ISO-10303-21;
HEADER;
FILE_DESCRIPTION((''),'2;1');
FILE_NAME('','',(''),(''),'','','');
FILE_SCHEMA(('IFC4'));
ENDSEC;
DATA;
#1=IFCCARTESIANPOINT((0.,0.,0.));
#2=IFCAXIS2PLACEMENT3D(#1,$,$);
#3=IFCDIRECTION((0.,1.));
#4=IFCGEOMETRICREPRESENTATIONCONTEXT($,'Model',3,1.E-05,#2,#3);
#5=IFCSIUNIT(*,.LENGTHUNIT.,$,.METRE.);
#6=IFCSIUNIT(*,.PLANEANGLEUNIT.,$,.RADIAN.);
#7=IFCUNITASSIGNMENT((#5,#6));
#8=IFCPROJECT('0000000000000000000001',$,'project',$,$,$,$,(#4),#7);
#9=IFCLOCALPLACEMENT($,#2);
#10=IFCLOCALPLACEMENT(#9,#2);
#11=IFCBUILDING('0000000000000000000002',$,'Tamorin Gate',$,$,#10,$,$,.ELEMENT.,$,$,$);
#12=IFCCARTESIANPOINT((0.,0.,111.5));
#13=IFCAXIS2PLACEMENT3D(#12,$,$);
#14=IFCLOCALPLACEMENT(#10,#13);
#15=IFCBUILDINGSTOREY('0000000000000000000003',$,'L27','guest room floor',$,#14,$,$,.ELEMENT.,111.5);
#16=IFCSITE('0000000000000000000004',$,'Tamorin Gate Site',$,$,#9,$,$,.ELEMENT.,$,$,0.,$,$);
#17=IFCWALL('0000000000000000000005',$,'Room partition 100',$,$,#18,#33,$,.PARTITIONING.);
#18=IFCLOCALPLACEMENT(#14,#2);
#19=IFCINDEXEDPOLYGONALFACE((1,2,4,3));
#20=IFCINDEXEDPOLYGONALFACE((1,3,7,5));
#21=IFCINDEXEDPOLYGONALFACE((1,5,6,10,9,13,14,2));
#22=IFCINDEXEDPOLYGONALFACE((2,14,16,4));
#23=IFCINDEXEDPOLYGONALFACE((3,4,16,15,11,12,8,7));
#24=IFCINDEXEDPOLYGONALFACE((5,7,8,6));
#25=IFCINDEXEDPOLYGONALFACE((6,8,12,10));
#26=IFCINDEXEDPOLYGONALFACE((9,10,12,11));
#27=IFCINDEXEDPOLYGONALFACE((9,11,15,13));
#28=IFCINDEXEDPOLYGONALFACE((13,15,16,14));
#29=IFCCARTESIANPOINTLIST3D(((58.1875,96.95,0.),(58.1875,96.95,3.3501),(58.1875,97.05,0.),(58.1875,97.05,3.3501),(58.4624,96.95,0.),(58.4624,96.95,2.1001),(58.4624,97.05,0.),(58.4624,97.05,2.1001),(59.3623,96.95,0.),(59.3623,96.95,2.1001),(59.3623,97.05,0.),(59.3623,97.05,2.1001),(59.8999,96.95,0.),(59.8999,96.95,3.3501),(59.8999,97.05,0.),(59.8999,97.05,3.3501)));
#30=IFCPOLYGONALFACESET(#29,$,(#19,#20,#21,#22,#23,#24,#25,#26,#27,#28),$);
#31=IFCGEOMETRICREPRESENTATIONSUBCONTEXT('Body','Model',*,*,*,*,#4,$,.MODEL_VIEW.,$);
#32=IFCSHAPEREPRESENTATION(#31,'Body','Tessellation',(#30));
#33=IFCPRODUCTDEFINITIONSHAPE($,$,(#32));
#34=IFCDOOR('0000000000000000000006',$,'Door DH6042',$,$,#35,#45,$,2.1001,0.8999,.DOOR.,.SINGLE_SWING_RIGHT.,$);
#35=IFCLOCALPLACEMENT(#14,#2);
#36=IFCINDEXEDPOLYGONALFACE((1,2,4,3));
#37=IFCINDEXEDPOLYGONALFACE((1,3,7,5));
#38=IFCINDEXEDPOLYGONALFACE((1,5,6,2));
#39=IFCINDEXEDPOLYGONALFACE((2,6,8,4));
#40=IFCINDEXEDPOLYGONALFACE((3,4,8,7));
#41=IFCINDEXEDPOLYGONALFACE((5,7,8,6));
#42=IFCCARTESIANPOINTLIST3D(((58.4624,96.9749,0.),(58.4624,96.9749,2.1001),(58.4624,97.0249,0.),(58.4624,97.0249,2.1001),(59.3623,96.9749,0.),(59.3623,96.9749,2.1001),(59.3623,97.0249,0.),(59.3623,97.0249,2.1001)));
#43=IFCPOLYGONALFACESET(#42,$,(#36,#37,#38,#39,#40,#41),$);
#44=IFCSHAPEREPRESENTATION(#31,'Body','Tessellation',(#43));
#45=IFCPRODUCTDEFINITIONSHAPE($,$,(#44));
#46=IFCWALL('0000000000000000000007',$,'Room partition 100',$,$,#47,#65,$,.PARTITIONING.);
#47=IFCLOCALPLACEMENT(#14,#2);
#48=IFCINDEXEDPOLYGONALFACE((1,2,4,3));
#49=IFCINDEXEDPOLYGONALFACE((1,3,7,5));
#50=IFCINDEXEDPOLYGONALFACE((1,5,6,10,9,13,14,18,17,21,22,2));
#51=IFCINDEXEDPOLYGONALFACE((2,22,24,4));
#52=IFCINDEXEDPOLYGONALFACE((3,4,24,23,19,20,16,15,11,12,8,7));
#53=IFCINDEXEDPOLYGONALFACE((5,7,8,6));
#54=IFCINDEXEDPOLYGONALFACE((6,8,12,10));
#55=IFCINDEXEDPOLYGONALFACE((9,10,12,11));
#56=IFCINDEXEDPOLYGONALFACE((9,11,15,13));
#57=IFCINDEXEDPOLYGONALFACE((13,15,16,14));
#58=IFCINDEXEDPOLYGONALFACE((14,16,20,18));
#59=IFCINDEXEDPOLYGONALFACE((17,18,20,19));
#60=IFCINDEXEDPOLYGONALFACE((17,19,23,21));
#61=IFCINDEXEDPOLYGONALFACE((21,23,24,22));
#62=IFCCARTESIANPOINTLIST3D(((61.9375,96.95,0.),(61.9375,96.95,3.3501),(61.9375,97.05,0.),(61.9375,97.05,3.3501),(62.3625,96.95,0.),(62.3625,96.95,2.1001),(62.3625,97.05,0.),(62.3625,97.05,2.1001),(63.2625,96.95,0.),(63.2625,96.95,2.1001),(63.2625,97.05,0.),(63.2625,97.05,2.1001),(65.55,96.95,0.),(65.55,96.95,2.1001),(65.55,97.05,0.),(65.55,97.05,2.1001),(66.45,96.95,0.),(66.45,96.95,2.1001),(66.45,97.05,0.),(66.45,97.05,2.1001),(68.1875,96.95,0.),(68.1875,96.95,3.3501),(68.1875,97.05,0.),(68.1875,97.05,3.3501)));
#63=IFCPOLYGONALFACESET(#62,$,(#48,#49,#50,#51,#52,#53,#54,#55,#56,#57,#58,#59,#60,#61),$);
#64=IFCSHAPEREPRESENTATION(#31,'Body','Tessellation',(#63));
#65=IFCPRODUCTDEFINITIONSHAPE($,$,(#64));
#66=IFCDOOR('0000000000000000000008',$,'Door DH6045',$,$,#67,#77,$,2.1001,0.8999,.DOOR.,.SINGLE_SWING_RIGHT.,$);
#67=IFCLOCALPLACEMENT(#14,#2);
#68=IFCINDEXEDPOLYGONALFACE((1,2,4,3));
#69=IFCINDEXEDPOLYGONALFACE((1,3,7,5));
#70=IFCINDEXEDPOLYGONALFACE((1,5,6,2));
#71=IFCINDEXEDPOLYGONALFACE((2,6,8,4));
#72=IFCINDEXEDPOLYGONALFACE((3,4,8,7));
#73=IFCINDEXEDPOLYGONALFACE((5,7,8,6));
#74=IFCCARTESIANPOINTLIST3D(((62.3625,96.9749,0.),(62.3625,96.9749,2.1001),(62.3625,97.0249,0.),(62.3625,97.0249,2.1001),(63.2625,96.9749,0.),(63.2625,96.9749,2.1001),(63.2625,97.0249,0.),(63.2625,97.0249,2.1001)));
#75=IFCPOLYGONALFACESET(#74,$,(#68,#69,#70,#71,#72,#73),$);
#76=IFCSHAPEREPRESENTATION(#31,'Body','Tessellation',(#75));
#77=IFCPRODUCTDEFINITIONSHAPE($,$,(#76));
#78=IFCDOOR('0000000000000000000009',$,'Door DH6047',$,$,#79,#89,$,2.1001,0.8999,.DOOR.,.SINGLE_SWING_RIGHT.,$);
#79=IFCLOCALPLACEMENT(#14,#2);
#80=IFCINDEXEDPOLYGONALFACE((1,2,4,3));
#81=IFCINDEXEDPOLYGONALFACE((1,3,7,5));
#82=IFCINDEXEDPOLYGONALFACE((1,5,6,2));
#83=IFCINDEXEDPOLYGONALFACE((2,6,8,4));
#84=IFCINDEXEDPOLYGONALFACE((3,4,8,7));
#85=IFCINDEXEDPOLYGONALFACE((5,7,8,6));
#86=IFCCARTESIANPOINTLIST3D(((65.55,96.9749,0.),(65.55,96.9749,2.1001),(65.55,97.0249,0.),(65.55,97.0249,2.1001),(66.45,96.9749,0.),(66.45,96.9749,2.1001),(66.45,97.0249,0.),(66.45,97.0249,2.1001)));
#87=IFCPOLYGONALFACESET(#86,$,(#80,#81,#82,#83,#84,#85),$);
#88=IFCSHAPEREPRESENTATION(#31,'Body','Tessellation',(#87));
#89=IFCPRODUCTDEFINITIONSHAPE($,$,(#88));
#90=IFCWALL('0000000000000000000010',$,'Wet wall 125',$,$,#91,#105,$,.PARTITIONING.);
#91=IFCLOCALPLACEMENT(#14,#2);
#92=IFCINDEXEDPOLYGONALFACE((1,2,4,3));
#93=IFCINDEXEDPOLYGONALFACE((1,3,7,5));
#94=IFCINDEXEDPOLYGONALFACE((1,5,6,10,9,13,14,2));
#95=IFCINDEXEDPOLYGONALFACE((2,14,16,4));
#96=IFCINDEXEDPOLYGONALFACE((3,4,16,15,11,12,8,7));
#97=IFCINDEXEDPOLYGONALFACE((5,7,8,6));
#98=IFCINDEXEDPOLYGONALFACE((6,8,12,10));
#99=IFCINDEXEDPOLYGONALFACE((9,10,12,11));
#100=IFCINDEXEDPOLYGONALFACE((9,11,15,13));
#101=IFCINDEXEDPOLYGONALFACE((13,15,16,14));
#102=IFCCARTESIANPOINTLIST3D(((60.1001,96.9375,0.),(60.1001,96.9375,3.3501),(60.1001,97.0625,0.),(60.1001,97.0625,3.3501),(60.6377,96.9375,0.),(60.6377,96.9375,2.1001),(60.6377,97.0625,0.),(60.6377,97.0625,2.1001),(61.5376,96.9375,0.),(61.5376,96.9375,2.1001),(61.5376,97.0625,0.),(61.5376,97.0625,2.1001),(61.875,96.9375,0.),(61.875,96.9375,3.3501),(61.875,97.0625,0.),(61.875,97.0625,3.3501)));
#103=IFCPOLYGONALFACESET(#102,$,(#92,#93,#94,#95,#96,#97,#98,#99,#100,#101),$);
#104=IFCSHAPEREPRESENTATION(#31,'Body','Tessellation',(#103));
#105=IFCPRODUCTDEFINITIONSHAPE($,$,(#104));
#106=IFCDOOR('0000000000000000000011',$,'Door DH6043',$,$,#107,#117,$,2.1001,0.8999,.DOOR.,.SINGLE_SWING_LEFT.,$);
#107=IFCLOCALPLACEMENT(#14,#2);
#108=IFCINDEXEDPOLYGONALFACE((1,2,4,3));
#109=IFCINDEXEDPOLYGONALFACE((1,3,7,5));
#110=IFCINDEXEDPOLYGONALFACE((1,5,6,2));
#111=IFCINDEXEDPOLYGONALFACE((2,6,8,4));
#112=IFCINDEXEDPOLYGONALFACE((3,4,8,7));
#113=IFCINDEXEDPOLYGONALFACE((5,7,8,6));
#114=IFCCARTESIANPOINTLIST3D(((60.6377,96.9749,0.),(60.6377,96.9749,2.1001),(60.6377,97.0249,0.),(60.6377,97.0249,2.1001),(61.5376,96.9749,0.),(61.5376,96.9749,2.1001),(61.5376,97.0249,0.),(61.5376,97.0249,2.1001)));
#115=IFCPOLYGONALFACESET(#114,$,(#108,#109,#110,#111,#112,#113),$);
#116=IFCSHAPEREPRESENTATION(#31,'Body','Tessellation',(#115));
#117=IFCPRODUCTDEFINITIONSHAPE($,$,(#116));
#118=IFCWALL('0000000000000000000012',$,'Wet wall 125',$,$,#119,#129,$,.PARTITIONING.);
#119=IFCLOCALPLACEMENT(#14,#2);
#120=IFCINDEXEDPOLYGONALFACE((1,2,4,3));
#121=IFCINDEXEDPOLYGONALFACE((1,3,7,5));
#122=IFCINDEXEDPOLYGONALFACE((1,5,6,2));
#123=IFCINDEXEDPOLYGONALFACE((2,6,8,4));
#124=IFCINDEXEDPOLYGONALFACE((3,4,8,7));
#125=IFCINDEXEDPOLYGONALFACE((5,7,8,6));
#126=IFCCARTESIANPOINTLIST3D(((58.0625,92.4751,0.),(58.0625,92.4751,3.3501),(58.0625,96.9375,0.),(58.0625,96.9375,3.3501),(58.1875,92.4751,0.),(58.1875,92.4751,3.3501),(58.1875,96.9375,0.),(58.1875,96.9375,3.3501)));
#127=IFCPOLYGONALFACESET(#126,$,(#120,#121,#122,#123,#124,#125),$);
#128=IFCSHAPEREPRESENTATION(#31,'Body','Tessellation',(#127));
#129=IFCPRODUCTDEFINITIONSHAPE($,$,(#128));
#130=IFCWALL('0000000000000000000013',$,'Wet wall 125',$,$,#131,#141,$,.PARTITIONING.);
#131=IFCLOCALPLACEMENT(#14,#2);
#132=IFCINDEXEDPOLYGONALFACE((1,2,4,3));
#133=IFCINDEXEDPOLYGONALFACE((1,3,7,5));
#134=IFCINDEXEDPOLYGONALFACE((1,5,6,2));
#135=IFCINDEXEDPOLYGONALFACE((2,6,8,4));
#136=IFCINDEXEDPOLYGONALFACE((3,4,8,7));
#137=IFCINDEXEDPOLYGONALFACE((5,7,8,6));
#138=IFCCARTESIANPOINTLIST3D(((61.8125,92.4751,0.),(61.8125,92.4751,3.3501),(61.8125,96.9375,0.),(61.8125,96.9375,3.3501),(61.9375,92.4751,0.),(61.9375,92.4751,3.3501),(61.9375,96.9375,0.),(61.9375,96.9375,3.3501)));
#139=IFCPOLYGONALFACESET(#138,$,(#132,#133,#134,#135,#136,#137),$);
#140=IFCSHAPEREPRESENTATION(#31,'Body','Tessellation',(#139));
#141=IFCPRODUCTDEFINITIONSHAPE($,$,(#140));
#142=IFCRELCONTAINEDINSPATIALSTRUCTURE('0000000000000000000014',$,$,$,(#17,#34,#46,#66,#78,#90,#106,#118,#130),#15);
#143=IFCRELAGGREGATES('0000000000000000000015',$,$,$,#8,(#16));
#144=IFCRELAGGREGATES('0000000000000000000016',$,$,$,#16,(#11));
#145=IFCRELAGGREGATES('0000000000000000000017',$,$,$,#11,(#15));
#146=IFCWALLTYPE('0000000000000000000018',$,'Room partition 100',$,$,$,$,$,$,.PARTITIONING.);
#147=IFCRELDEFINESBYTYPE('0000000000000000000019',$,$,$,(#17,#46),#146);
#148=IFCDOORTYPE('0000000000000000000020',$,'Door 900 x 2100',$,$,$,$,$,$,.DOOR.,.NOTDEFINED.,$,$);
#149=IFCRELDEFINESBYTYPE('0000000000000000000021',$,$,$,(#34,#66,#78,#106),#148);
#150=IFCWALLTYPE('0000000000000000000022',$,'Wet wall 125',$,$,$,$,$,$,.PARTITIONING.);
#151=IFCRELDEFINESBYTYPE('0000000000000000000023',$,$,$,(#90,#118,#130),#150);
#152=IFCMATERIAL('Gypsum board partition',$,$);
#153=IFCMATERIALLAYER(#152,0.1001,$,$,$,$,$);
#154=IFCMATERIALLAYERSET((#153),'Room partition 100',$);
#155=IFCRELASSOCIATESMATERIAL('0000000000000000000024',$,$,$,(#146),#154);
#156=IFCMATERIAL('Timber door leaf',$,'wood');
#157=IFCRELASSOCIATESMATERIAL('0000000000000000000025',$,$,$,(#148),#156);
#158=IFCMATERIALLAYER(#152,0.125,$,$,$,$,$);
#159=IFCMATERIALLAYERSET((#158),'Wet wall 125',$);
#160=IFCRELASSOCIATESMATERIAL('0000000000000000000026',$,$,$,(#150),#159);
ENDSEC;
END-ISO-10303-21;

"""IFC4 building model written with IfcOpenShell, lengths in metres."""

from ifc_helpers import new_model, si_unit, direction, frame, frame_2d, origin, place, context, subcontext, project, spatial, rectangle, extrude, material, layer, layer_set, type_object, element, fill, save


model = new_model("IFC4")

# Units and contexts
model_context = context("Model", 3, precision=1e-05, world=origin(), true_north=direction((0.0, 1.0)))
body_context = subcontext(model_context, "Body", "Model", "MODEL_VIEW")
ifc_project = project(units=[si_unit("LENGTHUNIT", "METRE"), si_unit("PLANEANGLEUNIT", "RADIAN")], contexts=[model_context])

# Site, building, storey
site_placement = place(None, origin())
site = spatial("IfcSite", under=ifc_project, at=site_placement, Name="Tamorin Gate Site", CompositionType="ELEMENT", RefElevation=0.0)
building_placement = place(site_placement, origin())
building = spatial("IfcBuilding", under=site, at=building_placement, Name="Tamorin Gate", CompositionType="ELEMENT")
storey_placement = place(building_placement, frame((0.0, 0.0, 111.5)))
storey = spatial("IfcBuildingStorey", under=building, at=storey_placement, Name="L27", Description="guest room floor", CompositionType="ELEMENT", Elevation=111.5)

# Shared definitions
ifc_material_1 = material(Name="Gypsum board partition")

# Wall, opening, door
ifc_layer_1 = layer(ifc_material_1, 0.1001)
ifc_layer_set_1 = layer_set([ifc_layer_1], Name="Room partition 100")
wall_type_1 = type_object("IfcWallType", Name="Room partition 100", PredefinedType="PARTITIONING", material=ifc_layer_set_1)
wall_1_placement = place(storey_placement, frame((58.1875, 97.0, 0.0), z_axis=(0.0, 0.0, 1.0), x_axis=(1.0, 0.0, 0.0)))
wall_1 = element("IfcWall", 1, at=wall_1_placement, inside=storey, type_object=wall_type_1, Name="Room partition 100", PredefinedType="PARTITIONING", context=body_context, shape_type="SweptSolid", body=[
    extrude(rectangle(XDim=1.7124, YDim=0.1001, at=frame_2d((0.8562, 0.0))), origin(), (0.0, 0.0, 1.0), 3.3501),
])
opening_1_placement = place(wall_1_placement, frame((0.2749, 0.0, 0.0)))
opening_1 = element("IfcOpeningElement", 2, at=opening_1_placement, cuts=wall_1, PredefinedType="OPENING", context=body_context, shape_type="SweptSolid", body=[
    extrude(rectangle(XDim=0.8999, YDim=2.1001, at=frame_2d((0.45, 1.05))), frame((0.0, 0.0601, 0.0), z_axis=(0.0, -1.0, 0.0), x_axis=(1.0, 0.0, 0.0)), (0.0, 0.0, 1.0), 0.1201),
])
ifc_material_2 = material(Name="Timber door leaf", Category="wood")
door_type = type_object("IfcDoorType", Name="Door 900 x 2100", OperationType="NOTDEFINED", PredefinedType="DOOR", material=ifc_material_2)
door_1_placement = place(opening_1_placement, origin())
door_1 = element("IfcDoor", 3, at=door_1_placement, inside=storey, type_object=door_type, Name="Door DH6042", OperationType="SINGLE_SWING_RIGHT", OverallHeight=2.1001, OverallWidth=0.8999, PredefinedType="DOOR", context=body_context, shape_type="SweptSolid", body=[
    extrude(rectangle(XDim=0.8999, YDim=2.1001, at=frame_2d((0.45, 1.05))), frame((0.0, 0.0249, 0.0), z_axis=(0.0, -1.0, 0.0), x_axis=(1.0, 0.0, 0.0)), (0.0, 0.0, 1.0), 0.05),
])
fill(opening_1, door_1)

# Wall, openings, doors
wall_2_placement = place(storey_placement, frame((61.9375, 97.0, 0.0), z_axis=(0.0, 0.0, 1.0), x_axis=(1.0, 0.0, 0.0)))
wall_2 = element("IfcWall", 4, at=wall_2_placement, inside=storey, type_object=wall_type_1, Name="Room partition 100", PredefinedType="PARTITIONING", context=body_context, shape_type="SweptSolid", body=[
    extrude(rectangle(XDim=6.25, YDim=0.1001, at=frame_2d((3.125, 0.0))), origin(), (0.0, 0.0, 1.0), 3.3501),
])
opening_2_placement = place(wall_2_placement, frame((0.425, 0.0, 0.0)))
opening_2 = element("IfcOpeningElement", 5, at=opening_2_placement, cuts=wall_2, PredefinedType="OPENING", context=body_context, shape_type="SweptSolid", body=[
    extrude(rectangle(XDim=0.8999, YDim=2.1001, at=frame_2d((0.45, 1.05))), frame((0.0, 0.0601, 0.0), z_axis=(0.0, -1.0, 0.0), x_axis=(1.0, 0.0, 0.0)), (0.0, 0.0, 1.0), 0.1201),
])
opening_3_placement = place(wall_2_placement, frame((3.6125, 0.0, 0.0)))
opening_3 = element("IfcOpeningElement", 6, at=opening_3_placement, cuts=wall_2, PredefinedType="OPENING", context=body_context, shape_type="SweptSolid", body=[
    extrude(rectangle(XDim=0.8999, YDim=2.1001, at=frame_2d((0.45, 1.05))), frame((0.0, 0.0601, 0.0), z_axis=(0.0, -1.0, 0.0), x_axis=(1.0, 0.0, 0.0)), (0.0, 0.0, 1.0), 0.1201),
])
door_2_placement = place(opening_2_placement, origin())
door_2 = element("IfcDoor", 7, at=door_2_placement, inside=storey, type_object=door_type, Name="Door DH6045", OperationType="SINGLE_SWING_RIGHT", OverallHeight=2.1001, OverallWidth=0.8999, PredefinedType="DOOR", context=body_context, shape_type="SweptSolid", body=[
    extrude(rectangle(XDim=0.8999, YDim=2.1001, at=frame_2d((0.45, 1.05))), frame((0.0, 0.0249, 0.0), z_axis=(0.0, -1.0, 0.0), x_axis=(1.0, 0.0, 0.0)), (0.0, 0.0, 1.0), 0.05),
])
fill(opening_2, door_2)
door_3_placement = place(opening_3_placement, origin())
door_3 = element("IfcDoor", 8, at=door_3_placement, inside=storey, type_object=door_type, Name="Door DH6047", OperationType="SINGLE_SWING_RIGHT", OverallHeight=2.1001, OverallWidth=0.8999, PredefinedType="DOOR", context=body_context, shape_type="SweptSolid", body=[
    extrude(rectangle(XDim=0.8999, YDim=2.1001, at=frame_2d((0.45, 1.05))), frame((0.0, 0.0249, 0.0), z_axis=(0.0, -1.0, 0.0), x_axis=(1.0, 0.0, 0.0)), (0.0, 0.0, 1.0), 0.05),
])
fill(opening_3, door_3)

# Wall, opening, door
ifc_layer_2 = layer(ifc_material_1, 0.125)
ifc_layer_set_2 = layer_set([ifc_layer_2], Name="Wet wall 125")
wall_type_2 = type_object("IfcWallType", Name="Wet wall 125", PredefinedType="PARTITIONING", material=ifc_layer_set_2)
wall_3_placement = place(storey_placement, frame((60.1001, 97.0, 0.0), z_axis=(0.0, 0.0, 1.0), x_axis=(1.0, 0.0, 0.0)))
wall_3 = element("IfcWall", 9, at=wall_3_placement, inside=storey, type_object=wall_type_2, Name="Wet wall 125", PredefinedType="PARTITIONING", context=body_context, shape_type="SweptSolid", body=[
    extrude(rectangle(XDim=1.7749, YDim=0.125, at=frame_2d((0.8875, 0.0))), origin(), (0.0, 0.0, 1.0), 3.3501),
])
opening_4_placement = place(wall_3_placement, frame((0.5376, 0.0, 0.0)))
opening_4 = element("IfcOpeningElement", 10, at=opening_4_placement, cuts=wall_3, PredefinedType="OPENING", context=body_context, shape_type="SweptSolid", body=[
    extrude(rectangle(XDim=0.8999, YDim=2.1001, at=frame_2d((0.45, 1.05))), frame((0.0, 0.0725, 0.0), z_axis=(0.0, -1.0, 0.0), x_axis=(1.0, 0.0, 0.0)), (0.0, 0.0, 1.0), 0.145),
])
door_4_placement = place(opening_4_placement, origin())
door_4 = element("IfcDoor", 11, at=door_4_placement, inside=storey, type_object=door_type, Name="Door DH6043", OperationType="SINGLE_SWING_LEFT", OverallHeight=2.1001, OverallWidth=0.8999, PredefinedType="DOOR", context=body_context, shape_type="SweptSolid", body=[
    extrude(rectangle(XDim=0.8999, YDim=2.1001, at=frame_2d((0.45, 1.05))), frame((0.0, 0.0249, 0.0), z_axis=(0.0, -1.0, 0.0), x_axis=(1.0, 0.0, 0.0)), (0.0, 0.0, 1.0), 0.05),
])
fill(opening_4, door_4)

# Walls
for number, where, z_axis, x_axis, name in (
    (12, (58.125, 92.4751, 0.0), (0.0, 0.0, 1.0), (0.0, 1.0, 0.0), "Wet wall 125"),
    (13, (61.875, 92.4751, 0.0), (0.0, 0.0, 1.0), (0.0, 1.0, 0.0), "Wet wall 125"),
):
    element("IfcWall", number, at=place(storey_placement, frame(where, z_axis=z_axis, x_axis=x_axis)), inside=storey, type_object=wall_type_2, Name=name, PredefinedType="PARTITIONING", context=body_context, shape_type="SweptSolid", body=[
        extrude(rectangle(XDim=4.4624, YDim=0.125, at=frame_2d((2.2312, 0.0))), origin(), (0.0, 0.0, 1.0), 3.3501),
    ])

save(model, "model.ifc")
